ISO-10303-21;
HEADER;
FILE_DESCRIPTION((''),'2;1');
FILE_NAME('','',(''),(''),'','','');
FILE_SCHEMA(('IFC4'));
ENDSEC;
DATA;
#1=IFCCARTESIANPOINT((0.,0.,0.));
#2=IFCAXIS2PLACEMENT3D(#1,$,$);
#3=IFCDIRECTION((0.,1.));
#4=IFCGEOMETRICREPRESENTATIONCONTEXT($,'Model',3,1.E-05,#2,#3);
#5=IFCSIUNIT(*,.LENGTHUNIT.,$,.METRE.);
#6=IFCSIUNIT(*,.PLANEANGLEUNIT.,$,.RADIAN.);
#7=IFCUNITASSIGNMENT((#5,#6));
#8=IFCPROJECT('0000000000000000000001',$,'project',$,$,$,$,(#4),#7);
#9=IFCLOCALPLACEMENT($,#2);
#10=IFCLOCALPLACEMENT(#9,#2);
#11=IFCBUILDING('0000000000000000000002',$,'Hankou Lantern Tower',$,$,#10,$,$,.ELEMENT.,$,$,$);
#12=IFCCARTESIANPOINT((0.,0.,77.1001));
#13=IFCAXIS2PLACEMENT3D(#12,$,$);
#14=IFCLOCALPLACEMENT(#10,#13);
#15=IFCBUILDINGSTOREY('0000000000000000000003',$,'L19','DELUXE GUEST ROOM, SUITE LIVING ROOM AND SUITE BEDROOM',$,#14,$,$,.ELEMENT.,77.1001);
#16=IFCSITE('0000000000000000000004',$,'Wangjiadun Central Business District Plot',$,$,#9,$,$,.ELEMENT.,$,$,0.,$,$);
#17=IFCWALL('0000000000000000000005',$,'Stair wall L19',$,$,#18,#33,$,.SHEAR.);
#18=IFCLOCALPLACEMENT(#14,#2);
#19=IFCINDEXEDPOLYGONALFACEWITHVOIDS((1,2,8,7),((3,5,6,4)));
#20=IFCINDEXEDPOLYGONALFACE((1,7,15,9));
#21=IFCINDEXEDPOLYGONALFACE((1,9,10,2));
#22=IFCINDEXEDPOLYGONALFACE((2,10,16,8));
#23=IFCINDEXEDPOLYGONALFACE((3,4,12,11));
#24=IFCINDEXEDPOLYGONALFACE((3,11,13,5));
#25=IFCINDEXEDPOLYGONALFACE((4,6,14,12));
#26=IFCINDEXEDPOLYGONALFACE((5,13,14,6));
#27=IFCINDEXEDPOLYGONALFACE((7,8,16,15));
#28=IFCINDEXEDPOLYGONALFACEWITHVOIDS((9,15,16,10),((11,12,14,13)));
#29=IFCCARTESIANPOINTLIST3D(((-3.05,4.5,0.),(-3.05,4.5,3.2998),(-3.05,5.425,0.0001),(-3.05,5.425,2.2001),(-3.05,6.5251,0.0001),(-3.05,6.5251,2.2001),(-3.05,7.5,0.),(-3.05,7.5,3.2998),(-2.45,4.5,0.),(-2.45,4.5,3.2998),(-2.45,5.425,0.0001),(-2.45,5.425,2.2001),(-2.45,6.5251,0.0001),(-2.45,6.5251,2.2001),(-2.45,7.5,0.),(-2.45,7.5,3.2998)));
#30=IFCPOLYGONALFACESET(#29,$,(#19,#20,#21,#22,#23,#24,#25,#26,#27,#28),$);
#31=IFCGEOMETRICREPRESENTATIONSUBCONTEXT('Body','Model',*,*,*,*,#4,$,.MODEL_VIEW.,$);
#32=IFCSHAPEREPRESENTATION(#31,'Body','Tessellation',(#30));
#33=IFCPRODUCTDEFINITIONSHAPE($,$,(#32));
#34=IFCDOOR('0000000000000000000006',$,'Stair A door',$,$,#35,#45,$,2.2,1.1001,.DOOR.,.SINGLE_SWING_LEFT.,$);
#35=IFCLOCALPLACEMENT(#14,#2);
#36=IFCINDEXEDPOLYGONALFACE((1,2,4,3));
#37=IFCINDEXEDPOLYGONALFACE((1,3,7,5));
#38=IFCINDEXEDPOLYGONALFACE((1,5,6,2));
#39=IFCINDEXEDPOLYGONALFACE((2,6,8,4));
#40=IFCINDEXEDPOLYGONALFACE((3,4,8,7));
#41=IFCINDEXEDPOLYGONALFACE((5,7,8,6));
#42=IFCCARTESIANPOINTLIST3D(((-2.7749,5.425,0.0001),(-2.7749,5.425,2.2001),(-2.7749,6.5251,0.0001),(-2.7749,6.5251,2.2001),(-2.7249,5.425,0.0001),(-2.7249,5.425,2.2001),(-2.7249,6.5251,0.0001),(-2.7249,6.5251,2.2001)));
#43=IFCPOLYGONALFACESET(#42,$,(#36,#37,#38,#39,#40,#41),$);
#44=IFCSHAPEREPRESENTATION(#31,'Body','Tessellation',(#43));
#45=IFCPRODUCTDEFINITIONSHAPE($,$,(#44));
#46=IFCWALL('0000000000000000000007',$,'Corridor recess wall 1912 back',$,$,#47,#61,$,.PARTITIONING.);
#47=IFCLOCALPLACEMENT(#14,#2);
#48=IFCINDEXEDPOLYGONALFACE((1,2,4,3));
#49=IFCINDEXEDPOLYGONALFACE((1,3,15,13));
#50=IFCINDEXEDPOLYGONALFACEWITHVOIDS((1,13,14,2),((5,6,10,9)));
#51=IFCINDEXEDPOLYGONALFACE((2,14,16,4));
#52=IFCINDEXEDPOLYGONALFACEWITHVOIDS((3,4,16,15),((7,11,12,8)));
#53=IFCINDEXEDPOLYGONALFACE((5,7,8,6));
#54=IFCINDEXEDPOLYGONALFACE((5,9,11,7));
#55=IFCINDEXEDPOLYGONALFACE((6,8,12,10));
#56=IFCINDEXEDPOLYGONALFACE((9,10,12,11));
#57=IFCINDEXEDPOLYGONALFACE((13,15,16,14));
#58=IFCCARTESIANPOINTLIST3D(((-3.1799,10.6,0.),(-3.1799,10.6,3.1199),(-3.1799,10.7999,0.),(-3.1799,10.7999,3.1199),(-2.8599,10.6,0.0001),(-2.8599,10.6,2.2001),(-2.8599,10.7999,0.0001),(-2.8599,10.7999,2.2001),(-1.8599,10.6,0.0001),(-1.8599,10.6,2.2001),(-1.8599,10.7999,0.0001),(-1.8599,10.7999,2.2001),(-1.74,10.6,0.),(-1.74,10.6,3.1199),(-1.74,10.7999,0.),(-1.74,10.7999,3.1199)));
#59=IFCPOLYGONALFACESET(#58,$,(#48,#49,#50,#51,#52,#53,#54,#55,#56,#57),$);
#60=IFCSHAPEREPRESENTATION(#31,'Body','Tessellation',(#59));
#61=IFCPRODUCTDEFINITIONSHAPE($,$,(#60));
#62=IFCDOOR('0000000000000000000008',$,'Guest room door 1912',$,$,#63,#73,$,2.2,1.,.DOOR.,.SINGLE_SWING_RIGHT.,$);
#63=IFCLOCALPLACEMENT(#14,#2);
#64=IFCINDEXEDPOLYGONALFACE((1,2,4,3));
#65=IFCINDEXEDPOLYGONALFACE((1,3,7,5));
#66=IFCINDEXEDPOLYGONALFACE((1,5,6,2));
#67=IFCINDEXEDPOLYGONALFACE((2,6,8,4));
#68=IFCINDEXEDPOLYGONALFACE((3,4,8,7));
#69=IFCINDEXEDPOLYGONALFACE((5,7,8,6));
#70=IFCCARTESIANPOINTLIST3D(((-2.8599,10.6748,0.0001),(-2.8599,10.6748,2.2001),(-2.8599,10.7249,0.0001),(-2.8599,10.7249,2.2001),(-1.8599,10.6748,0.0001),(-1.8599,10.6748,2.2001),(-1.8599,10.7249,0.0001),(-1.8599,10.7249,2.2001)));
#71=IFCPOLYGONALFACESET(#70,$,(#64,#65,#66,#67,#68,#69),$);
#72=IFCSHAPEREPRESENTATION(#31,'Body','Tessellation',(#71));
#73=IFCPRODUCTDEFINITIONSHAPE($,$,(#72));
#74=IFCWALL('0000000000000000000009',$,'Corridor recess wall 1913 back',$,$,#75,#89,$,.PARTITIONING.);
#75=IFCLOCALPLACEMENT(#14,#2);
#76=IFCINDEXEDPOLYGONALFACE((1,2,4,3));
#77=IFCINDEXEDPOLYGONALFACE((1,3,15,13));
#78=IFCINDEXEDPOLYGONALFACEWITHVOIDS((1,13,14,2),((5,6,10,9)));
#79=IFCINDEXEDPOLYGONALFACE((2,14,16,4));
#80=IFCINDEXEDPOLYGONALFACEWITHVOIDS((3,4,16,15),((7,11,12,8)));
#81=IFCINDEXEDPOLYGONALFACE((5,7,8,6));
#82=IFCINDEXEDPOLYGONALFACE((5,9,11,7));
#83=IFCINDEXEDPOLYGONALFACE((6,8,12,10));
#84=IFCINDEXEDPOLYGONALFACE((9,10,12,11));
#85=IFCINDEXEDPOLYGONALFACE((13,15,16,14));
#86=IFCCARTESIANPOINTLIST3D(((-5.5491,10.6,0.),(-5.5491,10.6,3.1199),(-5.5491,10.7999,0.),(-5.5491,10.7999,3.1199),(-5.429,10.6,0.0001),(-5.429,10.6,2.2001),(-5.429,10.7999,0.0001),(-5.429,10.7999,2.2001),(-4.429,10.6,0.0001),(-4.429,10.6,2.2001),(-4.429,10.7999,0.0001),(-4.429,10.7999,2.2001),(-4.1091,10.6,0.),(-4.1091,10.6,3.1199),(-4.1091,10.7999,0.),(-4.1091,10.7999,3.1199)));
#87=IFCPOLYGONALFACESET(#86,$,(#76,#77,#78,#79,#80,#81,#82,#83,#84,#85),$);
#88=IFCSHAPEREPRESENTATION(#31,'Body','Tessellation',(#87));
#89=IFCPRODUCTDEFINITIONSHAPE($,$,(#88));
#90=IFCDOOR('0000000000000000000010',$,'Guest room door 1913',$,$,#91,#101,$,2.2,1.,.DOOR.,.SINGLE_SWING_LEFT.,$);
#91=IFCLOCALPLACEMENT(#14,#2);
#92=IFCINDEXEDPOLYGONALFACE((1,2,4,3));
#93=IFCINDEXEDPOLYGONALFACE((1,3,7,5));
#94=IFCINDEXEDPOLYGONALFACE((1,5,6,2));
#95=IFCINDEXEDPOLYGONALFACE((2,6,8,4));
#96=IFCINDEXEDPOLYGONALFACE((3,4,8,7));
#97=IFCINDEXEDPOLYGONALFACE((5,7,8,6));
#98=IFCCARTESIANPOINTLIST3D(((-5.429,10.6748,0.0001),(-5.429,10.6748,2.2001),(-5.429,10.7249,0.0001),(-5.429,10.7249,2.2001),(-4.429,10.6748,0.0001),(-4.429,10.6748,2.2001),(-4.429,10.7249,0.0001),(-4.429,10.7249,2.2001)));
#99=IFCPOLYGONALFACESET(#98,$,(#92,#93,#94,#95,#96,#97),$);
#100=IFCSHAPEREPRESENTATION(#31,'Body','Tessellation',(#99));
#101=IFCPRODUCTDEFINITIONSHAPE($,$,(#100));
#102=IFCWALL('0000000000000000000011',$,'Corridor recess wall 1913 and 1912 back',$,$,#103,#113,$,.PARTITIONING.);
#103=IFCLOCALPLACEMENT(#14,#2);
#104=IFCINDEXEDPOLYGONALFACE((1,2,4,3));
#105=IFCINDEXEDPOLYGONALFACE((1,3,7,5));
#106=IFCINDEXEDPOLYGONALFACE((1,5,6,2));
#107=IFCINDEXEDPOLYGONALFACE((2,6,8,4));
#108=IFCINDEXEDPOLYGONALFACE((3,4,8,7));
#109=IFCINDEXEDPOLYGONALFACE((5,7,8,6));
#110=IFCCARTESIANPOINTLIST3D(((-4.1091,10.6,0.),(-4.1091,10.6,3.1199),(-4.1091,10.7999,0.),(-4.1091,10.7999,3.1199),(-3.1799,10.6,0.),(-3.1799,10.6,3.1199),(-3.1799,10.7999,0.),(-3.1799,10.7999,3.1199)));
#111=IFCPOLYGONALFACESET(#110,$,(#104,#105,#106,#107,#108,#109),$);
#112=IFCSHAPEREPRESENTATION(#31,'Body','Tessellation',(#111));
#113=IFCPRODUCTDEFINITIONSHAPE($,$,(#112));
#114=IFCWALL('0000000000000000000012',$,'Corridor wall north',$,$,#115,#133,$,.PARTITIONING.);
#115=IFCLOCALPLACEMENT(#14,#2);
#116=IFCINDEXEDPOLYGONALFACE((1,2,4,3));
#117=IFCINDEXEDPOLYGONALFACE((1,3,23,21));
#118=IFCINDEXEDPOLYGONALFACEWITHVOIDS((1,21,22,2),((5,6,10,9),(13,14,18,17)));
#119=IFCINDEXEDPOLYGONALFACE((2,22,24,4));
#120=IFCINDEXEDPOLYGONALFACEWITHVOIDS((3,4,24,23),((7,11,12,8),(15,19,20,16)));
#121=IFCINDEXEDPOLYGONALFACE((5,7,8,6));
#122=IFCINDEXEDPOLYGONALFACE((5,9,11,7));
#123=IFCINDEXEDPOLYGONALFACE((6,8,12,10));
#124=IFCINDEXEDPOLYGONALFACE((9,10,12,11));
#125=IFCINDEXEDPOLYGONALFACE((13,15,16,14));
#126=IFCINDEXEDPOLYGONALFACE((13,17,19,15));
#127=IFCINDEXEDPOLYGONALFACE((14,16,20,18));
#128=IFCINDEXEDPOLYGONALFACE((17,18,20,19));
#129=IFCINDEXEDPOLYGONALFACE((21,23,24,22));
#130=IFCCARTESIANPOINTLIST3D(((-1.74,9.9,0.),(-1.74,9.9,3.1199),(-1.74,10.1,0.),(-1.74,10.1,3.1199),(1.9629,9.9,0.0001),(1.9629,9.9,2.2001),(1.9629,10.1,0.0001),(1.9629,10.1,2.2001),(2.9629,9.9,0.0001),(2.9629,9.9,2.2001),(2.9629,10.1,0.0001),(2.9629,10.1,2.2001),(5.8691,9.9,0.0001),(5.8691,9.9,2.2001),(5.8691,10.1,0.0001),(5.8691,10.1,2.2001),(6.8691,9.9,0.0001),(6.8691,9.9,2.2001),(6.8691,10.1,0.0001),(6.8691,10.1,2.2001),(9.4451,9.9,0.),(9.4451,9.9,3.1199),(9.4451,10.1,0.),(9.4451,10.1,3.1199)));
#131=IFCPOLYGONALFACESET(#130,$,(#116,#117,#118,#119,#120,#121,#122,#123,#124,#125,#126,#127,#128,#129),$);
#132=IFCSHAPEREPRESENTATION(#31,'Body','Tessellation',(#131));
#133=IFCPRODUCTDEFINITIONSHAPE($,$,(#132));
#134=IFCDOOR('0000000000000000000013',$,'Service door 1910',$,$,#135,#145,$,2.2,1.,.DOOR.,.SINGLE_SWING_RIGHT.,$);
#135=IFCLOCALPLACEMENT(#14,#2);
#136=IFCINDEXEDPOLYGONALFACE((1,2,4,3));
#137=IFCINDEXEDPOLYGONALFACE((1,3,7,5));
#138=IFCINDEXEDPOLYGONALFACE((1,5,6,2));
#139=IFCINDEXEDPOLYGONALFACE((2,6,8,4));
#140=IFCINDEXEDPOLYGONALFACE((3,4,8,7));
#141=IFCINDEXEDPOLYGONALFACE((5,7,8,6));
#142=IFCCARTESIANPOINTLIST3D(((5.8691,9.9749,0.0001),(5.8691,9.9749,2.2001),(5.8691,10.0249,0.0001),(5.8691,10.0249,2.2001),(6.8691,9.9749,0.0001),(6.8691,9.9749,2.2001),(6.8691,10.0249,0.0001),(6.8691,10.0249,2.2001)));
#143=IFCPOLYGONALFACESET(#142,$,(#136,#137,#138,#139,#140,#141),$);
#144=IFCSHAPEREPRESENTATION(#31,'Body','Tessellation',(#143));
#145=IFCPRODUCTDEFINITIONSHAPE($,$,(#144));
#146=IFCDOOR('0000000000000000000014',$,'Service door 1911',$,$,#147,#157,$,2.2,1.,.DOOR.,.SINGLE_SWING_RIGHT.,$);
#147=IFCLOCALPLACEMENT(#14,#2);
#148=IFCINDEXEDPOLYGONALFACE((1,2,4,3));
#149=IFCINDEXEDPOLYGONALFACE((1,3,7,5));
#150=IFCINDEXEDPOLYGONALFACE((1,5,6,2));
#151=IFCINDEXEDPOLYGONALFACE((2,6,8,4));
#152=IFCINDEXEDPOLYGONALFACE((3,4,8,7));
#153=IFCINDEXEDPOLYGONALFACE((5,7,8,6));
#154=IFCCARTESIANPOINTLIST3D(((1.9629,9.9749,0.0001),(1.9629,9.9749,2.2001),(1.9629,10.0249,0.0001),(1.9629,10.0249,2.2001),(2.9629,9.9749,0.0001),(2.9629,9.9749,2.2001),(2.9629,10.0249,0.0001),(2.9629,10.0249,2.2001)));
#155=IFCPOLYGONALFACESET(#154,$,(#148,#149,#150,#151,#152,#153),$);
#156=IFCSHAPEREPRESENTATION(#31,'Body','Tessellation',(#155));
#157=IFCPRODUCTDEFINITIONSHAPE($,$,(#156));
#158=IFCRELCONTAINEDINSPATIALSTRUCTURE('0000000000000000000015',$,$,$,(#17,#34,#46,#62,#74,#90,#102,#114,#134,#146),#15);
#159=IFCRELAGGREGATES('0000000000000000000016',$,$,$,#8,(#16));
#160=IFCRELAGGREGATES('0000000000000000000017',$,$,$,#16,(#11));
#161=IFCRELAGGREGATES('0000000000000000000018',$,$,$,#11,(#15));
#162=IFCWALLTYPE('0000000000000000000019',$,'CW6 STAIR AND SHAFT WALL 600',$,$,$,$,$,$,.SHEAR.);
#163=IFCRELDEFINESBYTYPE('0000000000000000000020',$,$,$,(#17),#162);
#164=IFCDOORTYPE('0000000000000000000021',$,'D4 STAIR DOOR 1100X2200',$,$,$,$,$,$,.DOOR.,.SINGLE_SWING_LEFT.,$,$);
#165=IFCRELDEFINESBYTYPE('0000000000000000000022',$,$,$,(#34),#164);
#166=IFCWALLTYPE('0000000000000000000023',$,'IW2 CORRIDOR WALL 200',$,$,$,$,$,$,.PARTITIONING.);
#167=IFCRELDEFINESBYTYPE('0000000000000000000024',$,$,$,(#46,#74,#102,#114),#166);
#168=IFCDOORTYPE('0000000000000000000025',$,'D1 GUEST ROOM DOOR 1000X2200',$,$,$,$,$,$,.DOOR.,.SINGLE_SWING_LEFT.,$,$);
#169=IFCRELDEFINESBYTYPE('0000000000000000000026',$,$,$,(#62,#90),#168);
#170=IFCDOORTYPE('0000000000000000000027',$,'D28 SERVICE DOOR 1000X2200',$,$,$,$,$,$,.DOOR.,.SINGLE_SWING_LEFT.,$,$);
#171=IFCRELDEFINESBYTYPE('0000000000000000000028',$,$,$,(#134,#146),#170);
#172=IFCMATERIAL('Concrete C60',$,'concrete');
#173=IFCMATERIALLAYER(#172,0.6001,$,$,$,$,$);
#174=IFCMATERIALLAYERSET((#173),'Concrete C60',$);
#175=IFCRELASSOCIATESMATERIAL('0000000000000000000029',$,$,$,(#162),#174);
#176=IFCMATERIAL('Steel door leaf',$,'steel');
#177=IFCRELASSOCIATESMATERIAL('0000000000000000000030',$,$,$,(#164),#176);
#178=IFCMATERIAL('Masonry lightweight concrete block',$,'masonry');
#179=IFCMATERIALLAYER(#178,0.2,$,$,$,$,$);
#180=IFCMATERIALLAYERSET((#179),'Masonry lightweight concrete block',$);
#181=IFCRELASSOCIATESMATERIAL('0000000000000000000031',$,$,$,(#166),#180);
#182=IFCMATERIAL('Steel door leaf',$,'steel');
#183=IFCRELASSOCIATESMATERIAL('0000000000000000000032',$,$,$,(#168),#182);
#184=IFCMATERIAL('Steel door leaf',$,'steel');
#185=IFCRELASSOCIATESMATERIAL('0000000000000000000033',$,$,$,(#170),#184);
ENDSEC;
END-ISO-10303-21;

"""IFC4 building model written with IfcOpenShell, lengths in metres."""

from ifc_helpers import new_model, si_unit, direction, frame, frame_2d, origin, place, context, subcontext, project, spatial, rectangle, extrude, material, layer, layer_set, type_object, element, fill, save


model = new_model("IFC4")

# Units and contexts
model_context = context("Model", 3, precision=1e-05, world=origin(), true_north=direction((0.0, 1.0)))
body_context = subcontext(model_context, "Body", "Model", "MODEL_VIEW")
ifc_project = project(units=[si_unit("LENGTHUNIT", "METRE"), si_unit("PLANEANGLEUNIT", "RADIAN")], contexts=[model_context])

# Site, building, storey
site_placement = place(None, origin())
site = spatial("IfcSite", under=ifc_project, at=site_placement, Name="Wangjiadun Central Business District Plot", CompositionType="ELEMENT", RefElevation=0.0)
building_placement = place(site_placement, origin())
building = spatial("IfcBuilding", under=site, at=building_placement, Name="Hankou Lantern Tower", CompositionType="ELEMENT")
storey_placement = place(building_placement, frame((0.0, 0.0, 77.1001)))
storey = spatial("IfcBuildingStorey", under=building, at=storey_placement, Name="L19", Description="DELUXE GUEST ROOM, SUITE LIVING ROOM AND SUITE BEDROOM", CompositionType="ELEMENT", Elevation=77.1001)

# Walls, openings, doors
ifc_material_1 = material(Name="Concrete C60", Category="concrete")
ifc_layer_1 = layer(ifc_material_1, 0.6001)
ifc_layer_set_1 = layer_set([ifc_layer_1], Name="Concrete C60")
wall_type_1 = type_object("IfcWallType", Name="CW6 STAIR AND SHAFT WALL 600", PredefinedType="SHEAR", material=ifc_layer_set_1)
wall_1_placement = place(storey_placement, frame((-2.75, 4.5, 0.0), z_axis=(0.0, 0.0, 1.0), x_axis=(0.0, 1.0, 0.0)))
wall_1 = element("IfcWall", 1, at=wall_1_placement, inside=storey, type_object=wall_type_1, Name="Stair wall L19", PredefinedType="SHEAR", context=body_context, shape_type="SweptSolid", body=[
    extrude(rectangle(XDim=3.0, YDim=0.6001, at=frame_2d((1.5, 0.0))), origin(), (0.0, 0.0, 1.0), 3.2998),
])
opening_1_placement = place(wall_1_placement, frame((0.925, 0.0, 0.0)))
opening_1 = element("IfcOpeningElement", 2, at=opening_1_placement, cuts=wall_1, PredefinedType="OPENING", context=body_context, shape_type="SweptSolid", body=[
    extrude(rectangle(XDim=1.1001, YDim=2.2, at=frame_2d((0.55, 1.1001))), frame((0.0, 0.3101, 0.0), z_axis=(0.0, -1.0, 0.0), x_axis=(1.0, 0.0, 0.0)), (0.0, 0.0, 1.0), 0.6201),
])
ifc_material_2 = material(Name="Steel door leaf", Category="steel")
door_type_1 = type_object("IfcDoorType", Name="D4 STAIR DOOR 1100X2200", OperationType="SINGLE_SWING_LEFT", PredefinedType="DOOR", material=ifc_material_2)
door_1_placement = place(opening_1_placement, origin())
door_1 = element("IfcDoor", 3, at=door_1_placement, inside=storey, type_object=door_type_1, Name="Stair A door", OperationType="SINGLE_SWING_LEFT", OverallHeight=2.2, OverallWidth=1.1001, PredefinedType="DOOR", context=body_context, shape_type="SweptSolid", body=[
    extrude(rectangle(XDim=1.1001, YDim=2.2, at=frame_2d((0.55, 1.1001))), frame((0.0, 0.0249, 0.0), z_axis=(0.0, -1.0, 0.0), x_axis=(1.0, 0.0, 0.0)), (0.0, 0.0, 1.0), 0.05),
])
fill(opening_1, door_1)
ifc_material_3 = material(Name="Masonry lightweight concrete block", Category="masonry")
ifc_layer_2 = layer(ifc_material_3, 0.2)
ifc_layer_set_2 = layer_set([ifc_layer_2], Name="Masonry lightweight concrete block")
wall_type_2 = type_object("IfcWallType", Name="IW2 CORRIDOR WALL 200", PredefinedType="PARTITIONING", material=ifc_layer_set_2)
wall_2_placement = place(storey_placement, frame((-3.1799, 10.7, 0.0), z_axis=(0.0, 0.0, 1.0), x_axis=(1.0, 0.0, 0.0)))
wall_2 = element("IfcWall", 4, at=wall_2_placement, inside=storey, type_object=wall_type_2, Name="Corridor recess wall 1912 back", PredefinedType="PARTITIONING", context=body_context, shape_type="SweptSolid", body=[
    extrude(rectangle(XDim=1.4399, YDim=0.2, at=frame_2d((0.72, 0.0))), origin(), (0.0, 0.0, 1.0), 3.1199),
])
opening_2_placement = place(wall_2_placement, frame((0.3201, 0.0, 0.0)))
opening_2 = element("IfcOpeningElement", 5, at=opening_2_placement, cuts=wall_2, PredefinedType="OPENING", context=body_context, shape_type="SweptSolid", body=[
    extrude(rectangle(XDim=1.0, YDim=2.2, at=frame_2d((0.5, 1.1001))), frame((0.0, 0.1099, 0.0), z_axis=(0.0, -1.0, 0.0), x_axis=(1.0, 0.0, 0.0)), (0.0, 0.0, 1.0), 0.22),
])
ifc_material_4 = material(Name="Steel door leaf", Category="steel")
door_type_2 = type_object("IfcDoorType", Name="D1 GUEST ROOM DOOR 1000X2200", OperationType="SINGLE_SWING_LEFT", PredefinedType="DOOR", material=ifc_material_4)
door_2_placement = place(opening_2_placement, origin())
door_2 = element("IfcDoor", 6, at=door_2_placement, inside=storey, type_object=door_type_2, Name="Guest room door 1912", OperationType="SINGLE_SWING_RIGHT", OverallHeight=2.2, OverallWidth=1.0, PredefinedType="DOOR", context=body_context, shape_type="SweptSolid", body=[
    extrude(rectangle(XDim=1.0, YDim=2.2, at=frame_2d((0.5, 1.1001))), frame((0.0, 0.0249, 0.0), z_axis=(0.0, -1.0, 0.0), x_axis=(1.0, 0.0, 0.0)), (0.0, 0.0, 1.0), 0.05),
])
fill(opening_2, door_2)
wall_3_placement = place(storey_placement, frame((-5.5491, 10.7, 0.0), z_axis=(0.0, 0.0, 1.0), x_axis=(1.0, 0.0, 0.0)))
wall_3 = element("IfcWall", 7, at=wall_3_placement, inside=storey, type_object=wall_type_2, Name="Corridor recess wall 1913 back", PredefinedType="PARTITIONING", context=body_context, shape_type="SweptSolid", body=[
    extrude(rectangle(XDim=1.4399, YDim=0.2, at=frame_2d((0.72, 0.0))), origin(), (0.0, 0.0, 1.0), 3.1199),
])
opening_3_placement = place(wall_3_placement, frame((0.1201, 0.0, 0.0)))
opening_3 = element("IfcOpeningElement", 8, at=opening_3_placement, cuts=wall_3, PredefinedType="OPENING", context=body_context, shape_type="SweptSolid", body=[
    extrude(rectangle(XDim=1.0, YDim=2.2, at=frame_2d((0.5, 1.1001))), frame((0.0, 0.1099, 0.0), z_axis=(0.0, -1.0, 0.0), x_axis=(1.0, 0.0, 0.0)), (0.0, 0.0, 1.0), 0.22),
])
door_3_placement = place(opening_3_placement, origin())
door_3 = element("IfcDoor", 9, at=door_3_placement, inside=storey, type_object=door_type_2, Name="Guest room door 1913", OperationType="SINGLE_SWING_LEFT", OverallHeight=2.2, OverallWidth=1.0, PredefinedType="DOOR", context=body_context, shape_type="SweptSolid", body=[
    extrude(rectangle(XDim=1.0, YDim=2.2, at=frame_2d((0.5, 1.1001))), frame((0.0, 0.0249, 0.0), z_axis=(0.0, -1.0, 0.0), x_axis=(1.0, 0.0, 0.0)), (0.0, 0.0, 1.0), 0.05),
])
fill(opening_3, door_3)

# Wall
wall_4_placement = place(storey_placement, frame((-4.1091, 10.7, 0.0), z_axis=(0.0, 0.0, 1.0), x_axis=(1.0, 0.0, 0.0)))
element("IfcWall", 10, at=wall_4_placement, inside=storey, type_object=wall_type_2, Name="Corridor recess wall 1913 and 1912 back", PredefinedType="PARTITIONING", context=body_context, shape_type="SweptSolid", body=[
    extrude(rectangle(XDim=0.9292, YDim=0.2, at=frame_2d((0.4646, 0.0))), origin(), (0.0, 0.0, 1.0), 3.1199),
])

# Wall, openings, doors
wall_5_placement = place(storey_placement, frame((-1.74, 10.0, 0.0), z_axis=(0.0, 0.0, 1.0), x_axis=(1.0, 0.0, 0.0)))
wall_5 = element("IfcWall", 11, at=wall_5_placement, inside=storey, type_object=wall_type_2, Name="Corridor wall north", PredefinedType="PARTITIONING", context=body_context, shape_type="SweptSolid", body=[
    extrude(rectangle(XDim=11.1851, YDim=0.2, at=frame_2d((5.5925, 0.0))), origin(), (0.0, 0.0, 1.0), 3.1199),
])
opening_4_placement = place(wall_5_placement, frame((7.6091, 0.0, 0.0)))
opening_4 = element("IfcOpeningElement", 12, at=opening_4_placement, cuts=wall_5, PredefinedType="OPENING", context=body_context, shape_type="SweptSolid", body=[
    extrude(rectangle(XDim=1.0, YDim=2.2, at=frame_2d((0.5, 1.1001))), frame((0.0, 0.1099, 0.0), z_axis=(0.0, -1.0, 0.0), x_axis=(1.0, 0.0, 0.0)), (0.0, 0.0, 1.0), 0.22),
])
opening_5_placement = place(wall_5_placement, frame((3.7029, 0.0, 0.0)))
opening_5 = element("IfcOpeningElement", 13, at=opening_5_placement, cuts=wall_5, PredefinedType="OPENING", context=body_context, shape_type="SweptSolid", body=[
    extrude(rectangle(XDim=1.0, YDim=2.2, at=frame_2d((0.5, 1.1001))), frame((0.0, 0.1099, 0.0), z_axis=(0.0, -1.0, 0.0), x_axis=(1.0, 0.0, 0.0)), (0.0, 0.0, 1.0), 0.22),
])
ifc_material_5 = material(Name="Steel door leaf", Category="steel")
door_type_3 = type_object("IfcDoorType", Name="D28 SERVICE DOOR 1000X2200", OperationType="SINGLE_SWING_LEFT", PredefinedType="DOOR", material=ifc_material_5)
door_4_placement = place(opening_4_placement, origin())
door_4 = element("IfcDoor", 14, at=door_4_placement, inside=storey, type_object=door_type_3, Name="Service door 1910", OperationType="SINGLE_SWING_RIGHT", OverallHeight=2.2, OverallWidth=1.0, PredefinedType="DOOR", context=body_context, shape_type="SweptSolid", body=[
    extrude(rectangle(XDim=1.0, YDim=2.2, at=frame_2d((0.5, 1.1001))), frame((0.0, 0.0249, 0.0), z_axis=(0.0, -1.0, 0.0), x_axis=(1.0, 0.0, 0.0)), (0.0, 0.0, 1.0), 0.05),
])
fill(opening_4, door_4)
door_5_placement = place(opening_5_placement, origin())
door_5 = element("IfcDoor", 15, at=door_5_placement, inside=storey, type_object=door_type_3, Name="Service door 1911", OperationType="SINGLE_SWING_RIGHT", OverallHeight=2.2, OverallWidth=1.0, PredefinedType="DOOR", context=body_context, shape_type="SweptSolid", body=[
    extrude(rectangle(XDim=1.0, YDim=2.2, at=frame_2d((0.5, 1.1001))), frame((0.0, 0.0249, 0.0), z_axis=(0.0, -1.0, 0.0), x_axis=(1.0, 0.0, 0.0)), (0.0, 0.0, 1.0), 0.05),
])
fill(opening_5, door_5)

save(model, "model.ifc")
